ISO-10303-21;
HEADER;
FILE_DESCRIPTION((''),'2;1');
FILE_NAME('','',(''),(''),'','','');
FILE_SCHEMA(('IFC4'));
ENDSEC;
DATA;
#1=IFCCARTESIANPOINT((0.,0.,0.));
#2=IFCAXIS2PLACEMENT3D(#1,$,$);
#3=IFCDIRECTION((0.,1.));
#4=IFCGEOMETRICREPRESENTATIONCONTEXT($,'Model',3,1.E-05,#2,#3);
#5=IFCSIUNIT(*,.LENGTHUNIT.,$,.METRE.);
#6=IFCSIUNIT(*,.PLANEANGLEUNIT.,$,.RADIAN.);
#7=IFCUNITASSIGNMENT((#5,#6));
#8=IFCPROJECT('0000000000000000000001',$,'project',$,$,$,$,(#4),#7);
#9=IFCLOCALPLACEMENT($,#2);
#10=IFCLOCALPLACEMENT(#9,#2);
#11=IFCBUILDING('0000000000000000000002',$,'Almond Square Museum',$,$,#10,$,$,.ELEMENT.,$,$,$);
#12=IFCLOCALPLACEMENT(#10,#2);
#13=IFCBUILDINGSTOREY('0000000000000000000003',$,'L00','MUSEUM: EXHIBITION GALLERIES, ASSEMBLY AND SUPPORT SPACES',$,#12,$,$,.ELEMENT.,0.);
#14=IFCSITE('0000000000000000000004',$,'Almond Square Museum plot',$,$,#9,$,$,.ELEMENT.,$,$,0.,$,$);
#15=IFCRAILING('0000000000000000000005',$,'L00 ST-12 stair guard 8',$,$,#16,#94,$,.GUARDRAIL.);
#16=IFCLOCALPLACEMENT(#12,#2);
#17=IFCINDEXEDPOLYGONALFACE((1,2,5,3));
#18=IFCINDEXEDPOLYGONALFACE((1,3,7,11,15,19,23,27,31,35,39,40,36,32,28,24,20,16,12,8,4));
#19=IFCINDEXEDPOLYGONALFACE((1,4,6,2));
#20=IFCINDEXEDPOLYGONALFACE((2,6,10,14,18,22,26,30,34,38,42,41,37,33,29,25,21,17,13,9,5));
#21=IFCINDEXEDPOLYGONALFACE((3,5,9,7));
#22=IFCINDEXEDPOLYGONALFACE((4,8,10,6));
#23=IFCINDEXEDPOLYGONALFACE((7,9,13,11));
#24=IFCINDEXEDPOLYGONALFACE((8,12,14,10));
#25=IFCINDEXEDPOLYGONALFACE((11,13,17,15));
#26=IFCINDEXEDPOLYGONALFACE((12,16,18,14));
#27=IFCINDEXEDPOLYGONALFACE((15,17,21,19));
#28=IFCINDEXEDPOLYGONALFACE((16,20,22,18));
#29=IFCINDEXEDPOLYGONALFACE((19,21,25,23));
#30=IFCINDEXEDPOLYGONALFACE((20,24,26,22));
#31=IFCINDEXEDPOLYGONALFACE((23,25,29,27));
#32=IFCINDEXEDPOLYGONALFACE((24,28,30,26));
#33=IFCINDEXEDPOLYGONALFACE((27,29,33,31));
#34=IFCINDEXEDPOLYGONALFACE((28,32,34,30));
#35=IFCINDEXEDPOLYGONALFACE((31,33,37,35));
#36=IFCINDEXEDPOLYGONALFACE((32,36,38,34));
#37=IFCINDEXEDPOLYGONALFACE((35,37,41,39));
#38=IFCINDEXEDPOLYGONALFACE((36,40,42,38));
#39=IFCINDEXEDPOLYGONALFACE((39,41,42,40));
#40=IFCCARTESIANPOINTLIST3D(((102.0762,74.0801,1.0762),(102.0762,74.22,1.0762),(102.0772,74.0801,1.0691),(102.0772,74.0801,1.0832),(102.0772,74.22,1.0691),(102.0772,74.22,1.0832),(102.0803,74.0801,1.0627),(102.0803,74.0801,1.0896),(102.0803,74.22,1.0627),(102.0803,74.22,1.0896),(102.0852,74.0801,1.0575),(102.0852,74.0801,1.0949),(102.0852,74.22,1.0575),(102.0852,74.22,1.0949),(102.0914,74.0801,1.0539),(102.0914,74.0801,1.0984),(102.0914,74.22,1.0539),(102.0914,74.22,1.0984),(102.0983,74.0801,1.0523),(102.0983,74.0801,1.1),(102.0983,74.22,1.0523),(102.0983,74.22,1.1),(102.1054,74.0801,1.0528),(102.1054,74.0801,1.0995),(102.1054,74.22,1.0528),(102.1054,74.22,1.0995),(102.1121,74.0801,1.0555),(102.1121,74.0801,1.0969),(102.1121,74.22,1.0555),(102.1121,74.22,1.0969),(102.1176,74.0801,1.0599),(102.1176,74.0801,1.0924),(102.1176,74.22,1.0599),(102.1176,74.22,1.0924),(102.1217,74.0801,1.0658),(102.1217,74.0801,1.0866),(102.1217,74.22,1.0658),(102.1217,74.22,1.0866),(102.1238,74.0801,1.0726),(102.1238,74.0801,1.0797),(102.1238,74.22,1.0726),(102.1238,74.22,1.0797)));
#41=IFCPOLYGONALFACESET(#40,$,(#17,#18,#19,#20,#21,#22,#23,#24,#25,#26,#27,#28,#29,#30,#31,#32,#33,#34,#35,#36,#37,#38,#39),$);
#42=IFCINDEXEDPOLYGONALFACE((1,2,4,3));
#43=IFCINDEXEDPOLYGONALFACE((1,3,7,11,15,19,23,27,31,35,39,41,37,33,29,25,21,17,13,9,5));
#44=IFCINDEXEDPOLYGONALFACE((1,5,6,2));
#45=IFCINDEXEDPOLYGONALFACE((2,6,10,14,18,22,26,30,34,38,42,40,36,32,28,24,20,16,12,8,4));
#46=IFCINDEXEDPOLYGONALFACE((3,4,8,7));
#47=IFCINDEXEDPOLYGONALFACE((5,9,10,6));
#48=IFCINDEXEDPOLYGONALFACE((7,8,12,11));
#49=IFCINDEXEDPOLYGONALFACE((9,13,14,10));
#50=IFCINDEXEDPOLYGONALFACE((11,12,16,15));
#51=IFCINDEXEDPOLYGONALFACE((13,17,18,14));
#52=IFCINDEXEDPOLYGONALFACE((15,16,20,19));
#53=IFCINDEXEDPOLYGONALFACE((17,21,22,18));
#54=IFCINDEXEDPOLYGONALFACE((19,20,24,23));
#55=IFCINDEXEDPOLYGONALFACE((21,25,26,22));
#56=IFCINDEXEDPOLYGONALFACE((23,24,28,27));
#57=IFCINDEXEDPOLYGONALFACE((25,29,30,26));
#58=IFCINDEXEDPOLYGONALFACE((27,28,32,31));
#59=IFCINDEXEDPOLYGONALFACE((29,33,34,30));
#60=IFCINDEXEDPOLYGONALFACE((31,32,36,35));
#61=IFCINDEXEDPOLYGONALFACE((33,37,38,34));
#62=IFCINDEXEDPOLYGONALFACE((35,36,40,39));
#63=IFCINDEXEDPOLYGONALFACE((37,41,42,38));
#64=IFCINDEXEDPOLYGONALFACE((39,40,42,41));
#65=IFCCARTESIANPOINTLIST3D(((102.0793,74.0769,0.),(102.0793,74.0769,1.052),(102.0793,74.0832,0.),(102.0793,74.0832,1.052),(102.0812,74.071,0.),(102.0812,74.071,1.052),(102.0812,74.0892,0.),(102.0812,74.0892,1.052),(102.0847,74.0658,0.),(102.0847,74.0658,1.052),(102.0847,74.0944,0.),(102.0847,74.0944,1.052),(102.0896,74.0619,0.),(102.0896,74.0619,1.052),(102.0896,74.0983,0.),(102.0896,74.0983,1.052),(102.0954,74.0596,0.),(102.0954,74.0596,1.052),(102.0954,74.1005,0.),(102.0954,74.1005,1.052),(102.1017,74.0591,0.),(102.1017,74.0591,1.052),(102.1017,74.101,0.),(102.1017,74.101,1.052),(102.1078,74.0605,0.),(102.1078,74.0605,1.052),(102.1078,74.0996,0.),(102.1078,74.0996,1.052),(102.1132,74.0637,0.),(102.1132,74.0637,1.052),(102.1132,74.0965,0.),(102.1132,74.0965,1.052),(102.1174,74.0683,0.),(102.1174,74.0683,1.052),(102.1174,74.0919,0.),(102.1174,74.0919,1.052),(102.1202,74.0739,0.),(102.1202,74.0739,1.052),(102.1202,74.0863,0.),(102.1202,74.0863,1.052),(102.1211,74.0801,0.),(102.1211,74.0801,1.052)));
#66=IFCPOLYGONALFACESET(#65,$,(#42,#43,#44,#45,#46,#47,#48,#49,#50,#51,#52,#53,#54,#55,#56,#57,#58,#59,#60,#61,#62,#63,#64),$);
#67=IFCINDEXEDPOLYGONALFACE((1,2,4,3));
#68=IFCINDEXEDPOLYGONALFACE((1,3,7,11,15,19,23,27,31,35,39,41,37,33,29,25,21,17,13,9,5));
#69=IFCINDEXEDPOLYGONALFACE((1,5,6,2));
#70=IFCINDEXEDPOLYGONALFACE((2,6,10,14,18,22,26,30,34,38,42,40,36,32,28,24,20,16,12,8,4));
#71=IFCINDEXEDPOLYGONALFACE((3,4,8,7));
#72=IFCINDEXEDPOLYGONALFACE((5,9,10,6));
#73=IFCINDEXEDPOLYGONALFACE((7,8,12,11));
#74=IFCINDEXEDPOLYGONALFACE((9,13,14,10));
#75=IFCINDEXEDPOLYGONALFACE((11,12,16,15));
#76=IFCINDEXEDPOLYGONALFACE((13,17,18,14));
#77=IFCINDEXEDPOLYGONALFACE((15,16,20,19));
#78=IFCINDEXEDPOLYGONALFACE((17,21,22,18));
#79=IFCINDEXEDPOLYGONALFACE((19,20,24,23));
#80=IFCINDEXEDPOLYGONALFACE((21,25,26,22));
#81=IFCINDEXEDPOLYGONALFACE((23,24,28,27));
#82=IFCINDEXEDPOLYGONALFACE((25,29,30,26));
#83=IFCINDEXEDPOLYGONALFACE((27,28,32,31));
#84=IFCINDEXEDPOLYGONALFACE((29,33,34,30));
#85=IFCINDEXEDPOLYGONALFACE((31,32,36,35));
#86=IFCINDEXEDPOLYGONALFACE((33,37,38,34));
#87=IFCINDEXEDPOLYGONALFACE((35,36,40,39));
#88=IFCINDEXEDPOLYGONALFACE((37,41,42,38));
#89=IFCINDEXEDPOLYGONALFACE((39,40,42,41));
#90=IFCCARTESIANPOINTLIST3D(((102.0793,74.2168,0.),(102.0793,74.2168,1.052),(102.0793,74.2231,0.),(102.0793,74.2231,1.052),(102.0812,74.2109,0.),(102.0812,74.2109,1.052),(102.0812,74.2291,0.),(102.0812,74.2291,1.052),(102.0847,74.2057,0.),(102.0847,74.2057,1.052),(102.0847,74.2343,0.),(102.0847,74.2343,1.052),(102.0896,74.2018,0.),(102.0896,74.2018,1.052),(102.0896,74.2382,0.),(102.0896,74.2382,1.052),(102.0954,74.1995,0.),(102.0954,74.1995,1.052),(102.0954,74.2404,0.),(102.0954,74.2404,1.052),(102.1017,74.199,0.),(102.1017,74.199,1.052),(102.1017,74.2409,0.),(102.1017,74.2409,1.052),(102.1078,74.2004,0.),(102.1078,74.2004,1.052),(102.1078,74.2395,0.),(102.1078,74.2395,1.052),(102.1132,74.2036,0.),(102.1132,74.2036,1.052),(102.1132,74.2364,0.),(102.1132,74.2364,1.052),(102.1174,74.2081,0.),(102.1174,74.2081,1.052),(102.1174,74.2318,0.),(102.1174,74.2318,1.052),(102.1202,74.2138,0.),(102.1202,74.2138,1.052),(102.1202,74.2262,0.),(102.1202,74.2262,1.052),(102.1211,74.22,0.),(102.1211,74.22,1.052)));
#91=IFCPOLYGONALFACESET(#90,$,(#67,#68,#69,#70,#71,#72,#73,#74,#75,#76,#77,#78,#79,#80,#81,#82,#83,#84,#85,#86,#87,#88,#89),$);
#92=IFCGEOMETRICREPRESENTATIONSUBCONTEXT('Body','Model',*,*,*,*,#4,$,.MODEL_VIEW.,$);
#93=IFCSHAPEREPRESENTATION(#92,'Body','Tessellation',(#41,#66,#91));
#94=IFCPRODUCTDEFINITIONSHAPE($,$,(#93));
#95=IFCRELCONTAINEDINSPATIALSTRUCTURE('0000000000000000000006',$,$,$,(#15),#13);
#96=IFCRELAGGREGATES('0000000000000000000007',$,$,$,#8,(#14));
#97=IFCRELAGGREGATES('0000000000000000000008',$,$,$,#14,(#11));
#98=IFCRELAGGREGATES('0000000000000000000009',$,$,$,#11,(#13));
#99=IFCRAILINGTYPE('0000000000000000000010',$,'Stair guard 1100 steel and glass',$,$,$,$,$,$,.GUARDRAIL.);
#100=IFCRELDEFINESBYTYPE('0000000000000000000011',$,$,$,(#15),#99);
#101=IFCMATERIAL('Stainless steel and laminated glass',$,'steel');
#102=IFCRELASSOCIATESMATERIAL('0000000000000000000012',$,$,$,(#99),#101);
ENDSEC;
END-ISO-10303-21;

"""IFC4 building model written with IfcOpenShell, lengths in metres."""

from ifc_helpers import new_model, si_unit, direction, frame, origin, origin_2d, place, context, subcontext, project, spatial, circle, extrude, material, type_object, element, save


model = new_model("IFC4")

# Units and contexts
model_context = context("Model", 3, precision=1e-05, world=origin(), true_north=direction((0.0, 1.0)))
body_context = subcontext(model_context, "Body", "Model", "MODEL_VIEW")
ifc_project = project(units=[si_unit("LENGTHUNIT", "METRE"), si_unit("PLANEANGLEUNIT", "RADIAN")], contexts=[model_context])

# Site, building, storey
site_placement = place(None, origin())
site = spatial("IfcSite", under=ifc_project, at=site_placement, Name="Almond Square Museum plot", CompositionType="ELEMENT", RefElevation=0.0)
building_placement = place(site_placement, origin())
building = spatial("IfcBuilding", under=site, at=building_placement, Name="Almond Square Museum", CompositionType="ELEMENT")
storey_placement = place(building_placement, origin())
storey = spatial("IfcBuildingStorey", under=building, at=storey_placement, Name="L00", Description="MUSEUM: EXHIBITION GALLERIES, ASSEMBLY AND SUPPORT SPACES", CompositionType="ELEMENT", Elevation=0.0)

# Railing
ifc_material_1 = material(Name="Stainless steel and laminated glass", Category="steel")
railing_type_1 = type_object("IfcRailingType", Name="Stair guard 1100 steel and glass", PredefinedType="GUARDRAIL", material=ifc_material_1)
for number, where, name in (
    (1, (102.1001, 74.0801, 0.0), "L00 ST-12 stair guard 8"),
):
    element("IfcRailing", number, at=place(storey_placement, frame(where)), inside=storey, type_object=railing_type_1, Name=name, PredefinedType="GUARDRAIL", context=body_context, shape_type="SweptSolid", body=[
        extrude(circle(Radius=0.0239, at=origin_2d()), frame((0.0, 0.0, 1.0762), z_axis=(0.0, 1.0, 0.0), x_axis=(-1.0, 0.0, 0.0)), (0.0, 0.0, 1.0), 0.1399),
        extrude(circle(Radius=0.021, at=origin_2d()), origin(), (0.0, 0.0, 1.0), 1.052),
        extrude(circle(Radius=0.021, at=origin_2d()), frame((0.0, 0.1399, 0.0)), (0.0, 0.0, 1.0), 1.052),
    ])

save(model, "model.ifc")
